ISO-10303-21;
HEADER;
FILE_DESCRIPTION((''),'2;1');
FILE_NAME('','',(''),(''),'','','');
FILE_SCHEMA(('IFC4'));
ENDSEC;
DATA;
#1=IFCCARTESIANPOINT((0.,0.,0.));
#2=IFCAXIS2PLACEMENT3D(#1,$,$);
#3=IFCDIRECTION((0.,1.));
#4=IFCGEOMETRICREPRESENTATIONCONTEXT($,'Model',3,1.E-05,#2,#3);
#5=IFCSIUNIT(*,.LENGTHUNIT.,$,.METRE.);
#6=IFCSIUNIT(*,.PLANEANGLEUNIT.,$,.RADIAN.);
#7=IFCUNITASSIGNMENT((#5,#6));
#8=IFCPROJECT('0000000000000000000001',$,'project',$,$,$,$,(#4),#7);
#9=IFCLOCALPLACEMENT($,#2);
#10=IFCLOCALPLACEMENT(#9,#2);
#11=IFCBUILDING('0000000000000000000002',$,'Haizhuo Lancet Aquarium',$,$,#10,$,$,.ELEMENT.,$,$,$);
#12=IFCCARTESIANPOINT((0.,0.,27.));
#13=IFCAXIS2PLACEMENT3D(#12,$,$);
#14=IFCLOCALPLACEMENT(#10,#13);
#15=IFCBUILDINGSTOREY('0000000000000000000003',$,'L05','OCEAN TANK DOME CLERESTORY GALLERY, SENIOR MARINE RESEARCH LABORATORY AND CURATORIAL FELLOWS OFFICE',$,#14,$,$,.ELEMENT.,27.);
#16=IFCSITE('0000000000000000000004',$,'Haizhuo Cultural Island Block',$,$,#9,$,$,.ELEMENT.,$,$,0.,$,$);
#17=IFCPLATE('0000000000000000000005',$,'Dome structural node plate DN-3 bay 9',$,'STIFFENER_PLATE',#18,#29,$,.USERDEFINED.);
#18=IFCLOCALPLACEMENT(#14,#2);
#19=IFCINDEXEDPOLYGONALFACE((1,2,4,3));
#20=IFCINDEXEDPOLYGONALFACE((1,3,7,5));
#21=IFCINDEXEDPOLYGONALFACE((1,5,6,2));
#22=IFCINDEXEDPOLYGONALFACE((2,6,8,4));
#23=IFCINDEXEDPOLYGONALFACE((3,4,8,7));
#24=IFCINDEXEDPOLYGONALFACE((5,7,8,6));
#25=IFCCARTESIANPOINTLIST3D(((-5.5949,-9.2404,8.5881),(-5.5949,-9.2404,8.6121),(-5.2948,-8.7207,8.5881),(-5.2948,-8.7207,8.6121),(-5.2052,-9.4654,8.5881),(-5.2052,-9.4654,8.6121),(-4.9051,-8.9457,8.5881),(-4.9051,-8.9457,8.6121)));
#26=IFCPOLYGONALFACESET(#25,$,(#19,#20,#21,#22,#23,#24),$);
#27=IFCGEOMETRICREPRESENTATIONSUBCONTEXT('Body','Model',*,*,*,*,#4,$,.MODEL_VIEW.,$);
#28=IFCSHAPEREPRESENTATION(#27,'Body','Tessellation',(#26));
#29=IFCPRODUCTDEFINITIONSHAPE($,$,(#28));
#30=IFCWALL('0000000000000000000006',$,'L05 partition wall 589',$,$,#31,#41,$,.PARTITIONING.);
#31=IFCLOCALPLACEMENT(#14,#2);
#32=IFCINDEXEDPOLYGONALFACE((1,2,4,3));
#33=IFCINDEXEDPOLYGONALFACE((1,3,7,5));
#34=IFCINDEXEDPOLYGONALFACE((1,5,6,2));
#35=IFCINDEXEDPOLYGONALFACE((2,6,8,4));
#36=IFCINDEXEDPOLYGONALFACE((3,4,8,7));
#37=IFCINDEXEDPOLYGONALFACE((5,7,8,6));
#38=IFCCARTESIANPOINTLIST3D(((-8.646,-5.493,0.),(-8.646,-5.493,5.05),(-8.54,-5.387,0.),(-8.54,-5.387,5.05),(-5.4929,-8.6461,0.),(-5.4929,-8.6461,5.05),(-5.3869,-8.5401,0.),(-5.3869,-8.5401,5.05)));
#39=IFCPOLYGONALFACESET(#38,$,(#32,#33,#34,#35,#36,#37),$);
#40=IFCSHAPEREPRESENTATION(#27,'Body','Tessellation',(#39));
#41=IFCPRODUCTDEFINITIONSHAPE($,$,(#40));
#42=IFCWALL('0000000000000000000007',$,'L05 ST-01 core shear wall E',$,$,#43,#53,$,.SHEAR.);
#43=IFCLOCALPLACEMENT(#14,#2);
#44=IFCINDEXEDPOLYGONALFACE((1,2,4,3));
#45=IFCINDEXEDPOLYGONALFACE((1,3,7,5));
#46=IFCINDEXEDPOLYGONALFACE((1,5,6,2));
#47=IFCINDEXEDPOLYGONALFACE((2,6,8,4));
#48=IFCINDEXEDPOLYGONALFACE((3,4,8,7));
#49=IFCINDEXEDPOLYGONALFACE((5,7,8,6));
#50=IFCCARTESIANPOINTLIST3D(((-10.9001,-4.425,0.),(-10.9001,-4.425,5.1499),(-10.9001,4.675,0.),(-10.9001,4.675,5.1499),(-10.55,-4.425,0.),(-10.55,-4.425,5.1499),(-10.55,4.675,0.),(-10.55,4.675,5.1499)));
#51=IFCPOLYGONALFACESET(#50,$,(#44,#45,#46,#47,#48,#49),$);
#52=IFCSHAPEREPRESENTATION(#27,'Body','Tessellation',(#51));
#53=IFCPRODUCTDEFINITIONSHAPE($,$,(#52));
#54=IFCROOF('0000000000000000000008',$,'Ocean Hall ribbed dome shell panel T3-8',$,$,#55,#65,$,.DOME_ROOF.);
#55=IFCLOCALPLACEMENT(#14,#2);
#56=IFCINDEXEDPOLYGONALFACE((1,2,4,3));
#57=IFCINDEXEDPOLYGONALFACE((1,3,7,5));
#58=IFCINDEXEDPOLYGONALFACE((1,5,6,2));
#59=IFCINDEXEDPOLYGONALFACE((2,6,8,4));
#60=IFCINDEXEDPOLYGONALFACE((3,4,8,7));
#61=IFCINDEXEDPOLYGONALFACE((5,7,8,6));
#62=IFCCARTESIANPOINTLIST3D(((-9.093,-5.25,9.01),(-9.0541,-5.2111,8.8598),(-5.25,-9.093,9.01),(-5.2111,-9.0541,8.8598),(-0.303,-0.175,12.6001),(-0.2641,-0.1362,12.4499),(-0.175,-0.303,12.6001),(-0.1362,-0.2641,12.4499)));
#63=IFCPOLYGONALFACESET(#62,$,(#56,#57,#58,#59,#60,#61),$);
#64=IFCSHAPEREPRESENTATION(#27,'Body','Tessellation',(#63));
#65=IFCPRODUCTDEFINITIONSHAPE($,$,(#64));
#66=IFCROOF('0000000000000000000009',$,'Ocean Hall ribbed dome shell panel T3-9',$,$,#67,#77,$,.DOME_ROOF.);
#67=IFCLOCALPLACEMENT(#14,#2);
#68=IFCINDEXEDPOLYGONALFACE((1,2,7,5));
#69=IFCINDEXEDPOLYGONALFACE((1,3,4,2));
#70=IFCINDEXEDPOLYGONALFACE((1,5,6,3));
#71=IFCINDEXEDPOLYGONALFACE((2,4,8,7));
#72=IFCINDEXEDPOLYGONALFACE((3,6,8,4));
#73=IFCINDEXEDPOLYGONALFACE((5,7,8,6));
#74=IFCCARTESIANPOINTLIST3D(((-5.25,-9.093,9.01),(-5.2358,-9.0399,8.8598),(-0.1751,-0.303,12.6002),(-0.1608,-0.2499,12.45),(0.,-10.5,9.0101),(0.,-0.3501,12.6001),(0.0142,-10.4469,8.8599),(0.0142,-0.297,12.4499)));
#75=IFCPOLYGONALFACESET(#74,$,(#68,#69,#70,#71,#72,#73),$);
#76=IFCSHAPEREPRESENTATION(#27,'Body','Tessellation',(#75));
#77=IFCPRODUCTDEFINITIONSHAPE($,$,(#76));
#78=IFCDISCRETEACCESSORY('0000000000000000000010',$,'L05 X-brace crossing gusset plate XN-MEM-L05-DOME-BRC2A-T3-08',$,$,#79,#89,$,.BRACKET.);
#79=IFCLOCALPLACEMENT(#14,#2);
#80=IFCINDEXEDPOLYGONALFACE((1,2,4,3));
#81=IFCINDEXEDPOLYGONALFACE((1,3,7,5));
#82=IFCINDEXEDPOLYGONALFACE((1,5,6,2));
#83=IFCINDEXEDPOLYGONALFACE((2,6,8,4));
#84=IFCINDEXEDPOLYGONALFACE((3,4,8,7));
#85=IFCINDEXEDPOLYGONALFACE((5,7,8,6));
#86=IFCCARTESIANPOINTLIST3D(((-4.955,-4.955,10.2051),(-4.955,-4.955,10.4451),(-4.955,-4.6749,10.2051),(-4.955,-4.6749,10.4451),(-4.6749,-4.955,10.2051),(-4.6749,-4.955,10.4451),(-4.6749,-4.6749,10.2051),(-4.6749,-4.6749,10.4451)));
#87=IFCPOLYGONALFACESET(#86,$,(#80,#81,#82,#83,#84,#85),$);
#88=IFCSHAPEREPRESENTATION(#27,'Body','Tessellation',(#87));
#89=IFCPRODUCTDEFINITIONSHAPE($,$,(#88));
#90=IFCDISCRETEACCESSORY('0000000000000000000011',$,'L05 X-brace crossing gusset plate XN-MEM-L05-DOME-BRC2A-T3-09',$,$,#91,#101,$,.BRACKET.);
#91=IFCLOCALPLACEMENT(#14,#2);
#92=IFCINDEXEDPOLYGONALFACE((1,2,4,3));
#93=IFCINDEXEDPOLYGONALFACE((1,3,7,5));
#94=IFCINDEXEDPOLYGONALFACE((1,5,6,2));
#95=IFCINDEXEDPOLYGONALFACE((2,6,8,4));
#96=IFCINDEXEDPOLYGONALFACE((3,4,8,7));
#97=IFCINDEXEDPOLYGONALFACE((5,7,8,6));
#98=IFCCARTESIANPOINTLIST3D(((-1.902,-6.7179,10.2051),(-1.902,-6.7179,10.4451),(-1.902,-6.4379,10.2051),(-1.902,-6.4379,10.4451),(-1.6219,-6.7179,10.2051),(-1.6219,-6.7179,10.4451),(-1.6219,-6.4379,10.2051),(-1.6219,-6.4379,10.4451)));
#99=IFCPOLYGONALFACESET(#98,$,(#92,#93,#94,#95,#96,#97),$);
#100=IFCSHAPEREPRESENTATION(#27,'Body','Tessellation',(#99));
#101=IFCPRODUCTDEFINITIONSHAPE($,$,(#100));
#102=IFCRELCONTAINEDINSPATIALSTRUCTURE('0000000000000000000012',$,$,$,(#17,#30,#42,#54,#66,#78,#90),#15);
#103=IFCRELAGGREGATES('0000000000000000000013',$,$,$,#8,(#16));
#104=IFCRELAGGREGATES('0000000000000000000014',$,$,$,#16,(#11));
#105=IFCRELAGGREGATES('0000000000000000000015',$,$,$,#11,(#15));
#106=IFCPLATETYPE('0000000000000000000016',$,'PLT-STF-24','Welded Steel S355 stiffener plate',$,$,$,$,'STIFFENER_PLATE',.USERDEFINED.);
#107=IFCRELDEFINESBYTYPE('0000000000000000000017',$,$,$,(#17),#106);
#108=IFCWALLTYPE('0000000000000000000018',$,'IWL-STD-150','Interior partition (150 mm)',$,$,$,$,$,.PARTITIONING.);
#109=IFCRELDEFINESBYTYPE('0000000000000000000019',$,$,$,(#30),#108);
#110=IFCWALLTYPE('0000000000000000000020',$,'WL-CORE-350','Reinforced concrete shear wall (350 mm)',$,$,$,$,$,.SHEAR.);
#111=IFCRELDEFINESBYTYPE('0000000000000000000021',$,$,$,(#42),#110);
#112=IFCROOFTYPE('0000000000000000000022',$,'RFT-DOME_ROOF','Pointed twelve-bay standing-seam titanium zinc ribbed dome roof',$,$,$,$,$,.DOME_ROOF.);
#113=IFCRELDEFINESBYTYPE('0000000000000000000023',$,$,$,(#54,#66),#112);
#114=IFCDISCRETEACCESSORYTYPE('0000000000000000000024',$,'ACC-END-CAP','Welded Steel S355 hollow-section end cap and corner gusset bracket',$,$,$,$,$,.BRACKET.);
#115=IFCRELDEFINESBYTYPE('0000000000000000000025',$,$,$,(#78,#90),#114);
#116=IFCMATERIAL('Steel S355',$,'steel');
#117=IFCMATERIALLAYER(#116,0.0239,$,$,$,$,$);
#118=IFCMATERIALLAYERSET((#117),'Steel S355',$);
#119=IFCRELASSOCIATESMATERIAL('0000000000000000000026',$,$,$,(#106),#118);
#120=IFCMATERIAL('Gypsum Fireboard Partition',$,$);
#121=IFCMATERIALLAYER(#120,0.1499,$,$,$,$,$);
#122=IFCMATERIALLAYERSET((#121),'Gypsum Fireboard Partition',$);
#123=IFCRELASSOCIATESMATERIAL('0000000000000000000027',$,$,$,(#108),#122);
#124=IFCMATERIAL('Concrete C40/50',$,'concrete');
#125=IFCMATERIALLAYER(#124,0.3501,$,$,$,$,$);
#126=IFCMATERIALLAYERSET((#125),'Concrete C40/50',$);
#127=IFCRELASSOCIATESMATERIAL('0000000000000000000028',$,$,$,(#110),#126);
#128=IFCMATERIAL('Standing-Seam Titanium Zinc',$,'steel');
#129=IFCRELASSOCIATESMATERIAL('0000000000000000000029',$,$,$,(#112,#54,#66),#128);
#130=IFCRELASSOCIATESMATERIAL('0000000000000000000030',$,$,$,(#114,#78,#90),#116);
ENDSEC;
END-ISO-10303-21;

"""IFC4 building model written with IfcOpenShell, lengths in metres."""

from ifc_helpers import new_model, si_unit, direction, frame, frame_2d, origin, origin_2d, place, context, subcontext, project, spatial, polyline, rectangle, outline, extrude, material, layer, layer_set, type_object, element, save


model = new_model("IFC4")

# Units and contexts
model_context = context("Model", 3, precision=1e-05, world=origin(), true_north=direction((0.0, 1.0)))
body_context = subcontext(model_context, "Body", "Model", "MODEL_VIEW")
ifc_project = project(units=[si_unit("LENGTHUNIT", "METRE"), si_unit("PLANEANGLEUNIT", "RADIAN")], contexts=[model_context])

# Site, building, storey
site_placement = place(None, origin())
site = spatial("IfcSite", under=ifc_project, at=site_placement, Name="Haizhuo Cultural Island Block", CompositionType="ELEMENT", RefElevation=0.0)
building_placement = place(site_placement, origin())
building = spatial("IfcBuilding", under=site, at=building_placement, Name="Haizhuo Lancet Aquarium", CompositionType="ELEMENT")
storey_placement = place(building_placement, frame((0.0, 0.0, 27.0)))
storey = spatial("IfcBuildingStorey", under=building, at=storey_placement, Name="L05", Description="OCEAN TANK DOME CLERESTORY GALLERY, SENIOR MARINE RESEARCH LABORATORY AND CURATORIAL FELLOWS OFFICE", CompositionType="ELEMENT", Elevation=27.0)

# Shared definitions
ifc_material_1 = material(Name="Steel S355", Category="steel")
ifc_material_2 = material(Name="Concrete C40/50", Category="concrete")

# Plate
ifc_layer_1 = layer(ifc_material_1, 0.0239)
ifc_layer_set_1 = layer_set([ifc_layer_1], Name="Steel S355")
plate_type_1 = type_object("IfcPlateType", Name="PLT-STF-24", Description="Welded Steel S355 stiffener plate", ElementType="STIFFENER_PLATE", PredefinedType="USERDEFINED", material=ifc_layer_set_1)
for number, where, z_axis, x_axis, name in (
    (1, (-5.25, -9.093, 8.5881), (0.0, 0.0, 1.0), (-0.5, -0.866025, 0.0), "Dome structural node plate DN-3 bay 9"),
):
    element("IfcPlate", number, at=place(storey_placement, frame(where, z_axis=z_axis, x_axis=x_axis)), inside=storey, type_object=plate_type_1, Name=name, ObjectType="STIFFENER_PLATE", PredefinedType="USERDEFINED", context=body_context, shape_type="SweptSolid", body=[
        extrude(rectangle(XDim=0.6001, YDim=0.45, at=origin_2d()), origin(), (0.0, 0.0, 1.0), 0.0239),
    ])

# Walls
ifc_material_3 = material(Name="Gypsum Fireboard Partition")
ifc_layer_2 = layer(ifc_material_3, 0.1499)
ifc_layer_set_2 = layer_set([ifc_layer_2], Name="Gypsum Fireboard Partition")
wall_type_1 = type_object("IfcWallType", Name="IWL-STD-150", Description="Interior partition (150 mm)", PredefinedType="PARTITIONING", material=ifc_layer_set_2)
wall_1_placement = place(storey_placement, frame((-5.4399, -8.593, 0.0), z_axis=(0.0, 0.0, 1.0), x_axis=(-0.707107, 0.707107, 0.0)))
element("IfcWall", 2, at=wall_1_placement, inside=storey, type_object=wall_type_1, Name="L05 partition wall 589", PredefinedType="PARTITIONING", context=body_context, shape_type="SweptSolid", body=[
    extrude(rectangle(XDim=4.4592, YDim=0.1499, at=frame_2d((2.2295, 0.0))), origin(), (0.0, 0.0, 1.0), 5.05),
])
ifc_layer_3 = layer(ifc_material_2, 0.3501)
ifc_layer_set_3 = layer_set([ifc_layer_3], Name="Concrete C40/50")
wall_type_2 = type_object("IfcWallType", Name="WL-CORE-350", Description="Reinforced concrete shear wall (350 mm)", PredefinedType="SHEAR", material=ifc_layer_set_3)
wall_2_placement = place(storey_placement, frame((-10.7251, -4.425, 0.0), z_axis=(0.0, 0.0, 1.0), x_axis=(0.0, 1.0, 0.0)))
element("IfcWall", 3, at=wall_2_placement, inside=storey, type_object=wall_type_2, Name="L05 ST-01 core shear wall E", PredefinedType="SHEAR", context=body_context, shape_type="SweptSolid", body=[
    extrude(rectangle(XDim=9.1001, YDim=0.3501, at=frame_2d((4.55, 0.0))), origin(), (0.0, 0.0, 1.0), 5.1499),
])

# Roofs
ifc_material_4 = material(Name="Standing-Seam Titanium Zinc", Category="steel")
roof_type = type_object("IfcRoofType", Name="RFT-DOME_ROOF", Description="Pointed twelve-bay standing-seam titanium zinc ribbed dome roof", PredefinedType="DOME_ROOF", material=ifc_material_4)
roof_1_placement = place(storey_placement, frame((-9.093, -5.25, 9.01), z_axis=(-0.243143, -0.243143, 0.939022), x_axis=(0.707107, -0.707107, 0.0)))
element("IfcRoof", 4, at=roof_1_placement, inside=storey, type_object=roof_type, material=ifc_material_4, Name="Ocean Hall ribbed dome shell panel T3-8", PredefinedType="DOME_ROOF", context=body_context, shape_type="SweptSolid", body=[
    extrude(outline(polyline([(0.0, 0.0), (5.4348, 0.0), (2.8079, 10.4407), (2.627, 10.4407), (0.0, 0.0)])), origin(), (0.0, 0.0, -1.0), 0.1599),
])
roof_2_placement = place(storey_placement, frame((-5.25, -9.093, 9.01), z_axis=(-0.089023, -0.332132, 0.939023), x_axis=(0.965913, -0.258866, 0.000011)))
element("IfcRoof", 5, at=roof_2_placement, inside=storey, type_object=roof_type, material=ifc_material_4, Name="Ocean Hall ribbed dome shell panel T3-9", PredefinedType="DOME_ROOF", context=body_context, shape_type="SweptSolid", body=[
    extrude(outline(polyline([(0.0, 0.0), (5.4353, 0.0), (2.8078, 10.4406), (2.6266, 10.4408), (0.0, 0.0)])), origin(), (0.0, 0.0, -1.0), 0.1599),
])

# Discrete accessories
discrete_accessory_type = type_object("IfcDiscreteAccessoryType", Name="ACC-END-CAP", Description="Welded Steel S355 hollow-section end cap and corner gusset bracket", PredefinedType="BRACKET", material=ifc_material_1)
for number, where, z_axis, x_axis, name in (
    (6, (-4.8149, -4.8149, 10.2051), (0.0, 0.0, 1.0), (1.0, 0.0, 0.0), "L05 X-brace crossing gusset plate XN-MEM-L05-DOME-BRC2A-T3-08"),
    (7, (-1.762, -6.5779, 10.2051), (0.0, 0.0, 1.0), (1.0, 0.0, 0.0), "L05 X-brace crossing gusset plate XN-MEM-L05-DOME-BRC2A-T3-09"),
):
    element("IfcDiscreteAccessory", number, at=place(storey_placement, frame(where, z_axis=z_axis, x_axis=x_axis)), inside=storey, type_object=discrete_accessory_type, material=ifc_material_1, Name=name, PredefinedType="BRACKET", context=body_context, shape_type="SweptSolid", body=[
        extrude(rectangle(XDim=0.28, YDim=0.28, at=origin_2d()), origin(), (0.0, 0.0, 1.0), 0.24),
    ])

save(model, "model.ifc")
